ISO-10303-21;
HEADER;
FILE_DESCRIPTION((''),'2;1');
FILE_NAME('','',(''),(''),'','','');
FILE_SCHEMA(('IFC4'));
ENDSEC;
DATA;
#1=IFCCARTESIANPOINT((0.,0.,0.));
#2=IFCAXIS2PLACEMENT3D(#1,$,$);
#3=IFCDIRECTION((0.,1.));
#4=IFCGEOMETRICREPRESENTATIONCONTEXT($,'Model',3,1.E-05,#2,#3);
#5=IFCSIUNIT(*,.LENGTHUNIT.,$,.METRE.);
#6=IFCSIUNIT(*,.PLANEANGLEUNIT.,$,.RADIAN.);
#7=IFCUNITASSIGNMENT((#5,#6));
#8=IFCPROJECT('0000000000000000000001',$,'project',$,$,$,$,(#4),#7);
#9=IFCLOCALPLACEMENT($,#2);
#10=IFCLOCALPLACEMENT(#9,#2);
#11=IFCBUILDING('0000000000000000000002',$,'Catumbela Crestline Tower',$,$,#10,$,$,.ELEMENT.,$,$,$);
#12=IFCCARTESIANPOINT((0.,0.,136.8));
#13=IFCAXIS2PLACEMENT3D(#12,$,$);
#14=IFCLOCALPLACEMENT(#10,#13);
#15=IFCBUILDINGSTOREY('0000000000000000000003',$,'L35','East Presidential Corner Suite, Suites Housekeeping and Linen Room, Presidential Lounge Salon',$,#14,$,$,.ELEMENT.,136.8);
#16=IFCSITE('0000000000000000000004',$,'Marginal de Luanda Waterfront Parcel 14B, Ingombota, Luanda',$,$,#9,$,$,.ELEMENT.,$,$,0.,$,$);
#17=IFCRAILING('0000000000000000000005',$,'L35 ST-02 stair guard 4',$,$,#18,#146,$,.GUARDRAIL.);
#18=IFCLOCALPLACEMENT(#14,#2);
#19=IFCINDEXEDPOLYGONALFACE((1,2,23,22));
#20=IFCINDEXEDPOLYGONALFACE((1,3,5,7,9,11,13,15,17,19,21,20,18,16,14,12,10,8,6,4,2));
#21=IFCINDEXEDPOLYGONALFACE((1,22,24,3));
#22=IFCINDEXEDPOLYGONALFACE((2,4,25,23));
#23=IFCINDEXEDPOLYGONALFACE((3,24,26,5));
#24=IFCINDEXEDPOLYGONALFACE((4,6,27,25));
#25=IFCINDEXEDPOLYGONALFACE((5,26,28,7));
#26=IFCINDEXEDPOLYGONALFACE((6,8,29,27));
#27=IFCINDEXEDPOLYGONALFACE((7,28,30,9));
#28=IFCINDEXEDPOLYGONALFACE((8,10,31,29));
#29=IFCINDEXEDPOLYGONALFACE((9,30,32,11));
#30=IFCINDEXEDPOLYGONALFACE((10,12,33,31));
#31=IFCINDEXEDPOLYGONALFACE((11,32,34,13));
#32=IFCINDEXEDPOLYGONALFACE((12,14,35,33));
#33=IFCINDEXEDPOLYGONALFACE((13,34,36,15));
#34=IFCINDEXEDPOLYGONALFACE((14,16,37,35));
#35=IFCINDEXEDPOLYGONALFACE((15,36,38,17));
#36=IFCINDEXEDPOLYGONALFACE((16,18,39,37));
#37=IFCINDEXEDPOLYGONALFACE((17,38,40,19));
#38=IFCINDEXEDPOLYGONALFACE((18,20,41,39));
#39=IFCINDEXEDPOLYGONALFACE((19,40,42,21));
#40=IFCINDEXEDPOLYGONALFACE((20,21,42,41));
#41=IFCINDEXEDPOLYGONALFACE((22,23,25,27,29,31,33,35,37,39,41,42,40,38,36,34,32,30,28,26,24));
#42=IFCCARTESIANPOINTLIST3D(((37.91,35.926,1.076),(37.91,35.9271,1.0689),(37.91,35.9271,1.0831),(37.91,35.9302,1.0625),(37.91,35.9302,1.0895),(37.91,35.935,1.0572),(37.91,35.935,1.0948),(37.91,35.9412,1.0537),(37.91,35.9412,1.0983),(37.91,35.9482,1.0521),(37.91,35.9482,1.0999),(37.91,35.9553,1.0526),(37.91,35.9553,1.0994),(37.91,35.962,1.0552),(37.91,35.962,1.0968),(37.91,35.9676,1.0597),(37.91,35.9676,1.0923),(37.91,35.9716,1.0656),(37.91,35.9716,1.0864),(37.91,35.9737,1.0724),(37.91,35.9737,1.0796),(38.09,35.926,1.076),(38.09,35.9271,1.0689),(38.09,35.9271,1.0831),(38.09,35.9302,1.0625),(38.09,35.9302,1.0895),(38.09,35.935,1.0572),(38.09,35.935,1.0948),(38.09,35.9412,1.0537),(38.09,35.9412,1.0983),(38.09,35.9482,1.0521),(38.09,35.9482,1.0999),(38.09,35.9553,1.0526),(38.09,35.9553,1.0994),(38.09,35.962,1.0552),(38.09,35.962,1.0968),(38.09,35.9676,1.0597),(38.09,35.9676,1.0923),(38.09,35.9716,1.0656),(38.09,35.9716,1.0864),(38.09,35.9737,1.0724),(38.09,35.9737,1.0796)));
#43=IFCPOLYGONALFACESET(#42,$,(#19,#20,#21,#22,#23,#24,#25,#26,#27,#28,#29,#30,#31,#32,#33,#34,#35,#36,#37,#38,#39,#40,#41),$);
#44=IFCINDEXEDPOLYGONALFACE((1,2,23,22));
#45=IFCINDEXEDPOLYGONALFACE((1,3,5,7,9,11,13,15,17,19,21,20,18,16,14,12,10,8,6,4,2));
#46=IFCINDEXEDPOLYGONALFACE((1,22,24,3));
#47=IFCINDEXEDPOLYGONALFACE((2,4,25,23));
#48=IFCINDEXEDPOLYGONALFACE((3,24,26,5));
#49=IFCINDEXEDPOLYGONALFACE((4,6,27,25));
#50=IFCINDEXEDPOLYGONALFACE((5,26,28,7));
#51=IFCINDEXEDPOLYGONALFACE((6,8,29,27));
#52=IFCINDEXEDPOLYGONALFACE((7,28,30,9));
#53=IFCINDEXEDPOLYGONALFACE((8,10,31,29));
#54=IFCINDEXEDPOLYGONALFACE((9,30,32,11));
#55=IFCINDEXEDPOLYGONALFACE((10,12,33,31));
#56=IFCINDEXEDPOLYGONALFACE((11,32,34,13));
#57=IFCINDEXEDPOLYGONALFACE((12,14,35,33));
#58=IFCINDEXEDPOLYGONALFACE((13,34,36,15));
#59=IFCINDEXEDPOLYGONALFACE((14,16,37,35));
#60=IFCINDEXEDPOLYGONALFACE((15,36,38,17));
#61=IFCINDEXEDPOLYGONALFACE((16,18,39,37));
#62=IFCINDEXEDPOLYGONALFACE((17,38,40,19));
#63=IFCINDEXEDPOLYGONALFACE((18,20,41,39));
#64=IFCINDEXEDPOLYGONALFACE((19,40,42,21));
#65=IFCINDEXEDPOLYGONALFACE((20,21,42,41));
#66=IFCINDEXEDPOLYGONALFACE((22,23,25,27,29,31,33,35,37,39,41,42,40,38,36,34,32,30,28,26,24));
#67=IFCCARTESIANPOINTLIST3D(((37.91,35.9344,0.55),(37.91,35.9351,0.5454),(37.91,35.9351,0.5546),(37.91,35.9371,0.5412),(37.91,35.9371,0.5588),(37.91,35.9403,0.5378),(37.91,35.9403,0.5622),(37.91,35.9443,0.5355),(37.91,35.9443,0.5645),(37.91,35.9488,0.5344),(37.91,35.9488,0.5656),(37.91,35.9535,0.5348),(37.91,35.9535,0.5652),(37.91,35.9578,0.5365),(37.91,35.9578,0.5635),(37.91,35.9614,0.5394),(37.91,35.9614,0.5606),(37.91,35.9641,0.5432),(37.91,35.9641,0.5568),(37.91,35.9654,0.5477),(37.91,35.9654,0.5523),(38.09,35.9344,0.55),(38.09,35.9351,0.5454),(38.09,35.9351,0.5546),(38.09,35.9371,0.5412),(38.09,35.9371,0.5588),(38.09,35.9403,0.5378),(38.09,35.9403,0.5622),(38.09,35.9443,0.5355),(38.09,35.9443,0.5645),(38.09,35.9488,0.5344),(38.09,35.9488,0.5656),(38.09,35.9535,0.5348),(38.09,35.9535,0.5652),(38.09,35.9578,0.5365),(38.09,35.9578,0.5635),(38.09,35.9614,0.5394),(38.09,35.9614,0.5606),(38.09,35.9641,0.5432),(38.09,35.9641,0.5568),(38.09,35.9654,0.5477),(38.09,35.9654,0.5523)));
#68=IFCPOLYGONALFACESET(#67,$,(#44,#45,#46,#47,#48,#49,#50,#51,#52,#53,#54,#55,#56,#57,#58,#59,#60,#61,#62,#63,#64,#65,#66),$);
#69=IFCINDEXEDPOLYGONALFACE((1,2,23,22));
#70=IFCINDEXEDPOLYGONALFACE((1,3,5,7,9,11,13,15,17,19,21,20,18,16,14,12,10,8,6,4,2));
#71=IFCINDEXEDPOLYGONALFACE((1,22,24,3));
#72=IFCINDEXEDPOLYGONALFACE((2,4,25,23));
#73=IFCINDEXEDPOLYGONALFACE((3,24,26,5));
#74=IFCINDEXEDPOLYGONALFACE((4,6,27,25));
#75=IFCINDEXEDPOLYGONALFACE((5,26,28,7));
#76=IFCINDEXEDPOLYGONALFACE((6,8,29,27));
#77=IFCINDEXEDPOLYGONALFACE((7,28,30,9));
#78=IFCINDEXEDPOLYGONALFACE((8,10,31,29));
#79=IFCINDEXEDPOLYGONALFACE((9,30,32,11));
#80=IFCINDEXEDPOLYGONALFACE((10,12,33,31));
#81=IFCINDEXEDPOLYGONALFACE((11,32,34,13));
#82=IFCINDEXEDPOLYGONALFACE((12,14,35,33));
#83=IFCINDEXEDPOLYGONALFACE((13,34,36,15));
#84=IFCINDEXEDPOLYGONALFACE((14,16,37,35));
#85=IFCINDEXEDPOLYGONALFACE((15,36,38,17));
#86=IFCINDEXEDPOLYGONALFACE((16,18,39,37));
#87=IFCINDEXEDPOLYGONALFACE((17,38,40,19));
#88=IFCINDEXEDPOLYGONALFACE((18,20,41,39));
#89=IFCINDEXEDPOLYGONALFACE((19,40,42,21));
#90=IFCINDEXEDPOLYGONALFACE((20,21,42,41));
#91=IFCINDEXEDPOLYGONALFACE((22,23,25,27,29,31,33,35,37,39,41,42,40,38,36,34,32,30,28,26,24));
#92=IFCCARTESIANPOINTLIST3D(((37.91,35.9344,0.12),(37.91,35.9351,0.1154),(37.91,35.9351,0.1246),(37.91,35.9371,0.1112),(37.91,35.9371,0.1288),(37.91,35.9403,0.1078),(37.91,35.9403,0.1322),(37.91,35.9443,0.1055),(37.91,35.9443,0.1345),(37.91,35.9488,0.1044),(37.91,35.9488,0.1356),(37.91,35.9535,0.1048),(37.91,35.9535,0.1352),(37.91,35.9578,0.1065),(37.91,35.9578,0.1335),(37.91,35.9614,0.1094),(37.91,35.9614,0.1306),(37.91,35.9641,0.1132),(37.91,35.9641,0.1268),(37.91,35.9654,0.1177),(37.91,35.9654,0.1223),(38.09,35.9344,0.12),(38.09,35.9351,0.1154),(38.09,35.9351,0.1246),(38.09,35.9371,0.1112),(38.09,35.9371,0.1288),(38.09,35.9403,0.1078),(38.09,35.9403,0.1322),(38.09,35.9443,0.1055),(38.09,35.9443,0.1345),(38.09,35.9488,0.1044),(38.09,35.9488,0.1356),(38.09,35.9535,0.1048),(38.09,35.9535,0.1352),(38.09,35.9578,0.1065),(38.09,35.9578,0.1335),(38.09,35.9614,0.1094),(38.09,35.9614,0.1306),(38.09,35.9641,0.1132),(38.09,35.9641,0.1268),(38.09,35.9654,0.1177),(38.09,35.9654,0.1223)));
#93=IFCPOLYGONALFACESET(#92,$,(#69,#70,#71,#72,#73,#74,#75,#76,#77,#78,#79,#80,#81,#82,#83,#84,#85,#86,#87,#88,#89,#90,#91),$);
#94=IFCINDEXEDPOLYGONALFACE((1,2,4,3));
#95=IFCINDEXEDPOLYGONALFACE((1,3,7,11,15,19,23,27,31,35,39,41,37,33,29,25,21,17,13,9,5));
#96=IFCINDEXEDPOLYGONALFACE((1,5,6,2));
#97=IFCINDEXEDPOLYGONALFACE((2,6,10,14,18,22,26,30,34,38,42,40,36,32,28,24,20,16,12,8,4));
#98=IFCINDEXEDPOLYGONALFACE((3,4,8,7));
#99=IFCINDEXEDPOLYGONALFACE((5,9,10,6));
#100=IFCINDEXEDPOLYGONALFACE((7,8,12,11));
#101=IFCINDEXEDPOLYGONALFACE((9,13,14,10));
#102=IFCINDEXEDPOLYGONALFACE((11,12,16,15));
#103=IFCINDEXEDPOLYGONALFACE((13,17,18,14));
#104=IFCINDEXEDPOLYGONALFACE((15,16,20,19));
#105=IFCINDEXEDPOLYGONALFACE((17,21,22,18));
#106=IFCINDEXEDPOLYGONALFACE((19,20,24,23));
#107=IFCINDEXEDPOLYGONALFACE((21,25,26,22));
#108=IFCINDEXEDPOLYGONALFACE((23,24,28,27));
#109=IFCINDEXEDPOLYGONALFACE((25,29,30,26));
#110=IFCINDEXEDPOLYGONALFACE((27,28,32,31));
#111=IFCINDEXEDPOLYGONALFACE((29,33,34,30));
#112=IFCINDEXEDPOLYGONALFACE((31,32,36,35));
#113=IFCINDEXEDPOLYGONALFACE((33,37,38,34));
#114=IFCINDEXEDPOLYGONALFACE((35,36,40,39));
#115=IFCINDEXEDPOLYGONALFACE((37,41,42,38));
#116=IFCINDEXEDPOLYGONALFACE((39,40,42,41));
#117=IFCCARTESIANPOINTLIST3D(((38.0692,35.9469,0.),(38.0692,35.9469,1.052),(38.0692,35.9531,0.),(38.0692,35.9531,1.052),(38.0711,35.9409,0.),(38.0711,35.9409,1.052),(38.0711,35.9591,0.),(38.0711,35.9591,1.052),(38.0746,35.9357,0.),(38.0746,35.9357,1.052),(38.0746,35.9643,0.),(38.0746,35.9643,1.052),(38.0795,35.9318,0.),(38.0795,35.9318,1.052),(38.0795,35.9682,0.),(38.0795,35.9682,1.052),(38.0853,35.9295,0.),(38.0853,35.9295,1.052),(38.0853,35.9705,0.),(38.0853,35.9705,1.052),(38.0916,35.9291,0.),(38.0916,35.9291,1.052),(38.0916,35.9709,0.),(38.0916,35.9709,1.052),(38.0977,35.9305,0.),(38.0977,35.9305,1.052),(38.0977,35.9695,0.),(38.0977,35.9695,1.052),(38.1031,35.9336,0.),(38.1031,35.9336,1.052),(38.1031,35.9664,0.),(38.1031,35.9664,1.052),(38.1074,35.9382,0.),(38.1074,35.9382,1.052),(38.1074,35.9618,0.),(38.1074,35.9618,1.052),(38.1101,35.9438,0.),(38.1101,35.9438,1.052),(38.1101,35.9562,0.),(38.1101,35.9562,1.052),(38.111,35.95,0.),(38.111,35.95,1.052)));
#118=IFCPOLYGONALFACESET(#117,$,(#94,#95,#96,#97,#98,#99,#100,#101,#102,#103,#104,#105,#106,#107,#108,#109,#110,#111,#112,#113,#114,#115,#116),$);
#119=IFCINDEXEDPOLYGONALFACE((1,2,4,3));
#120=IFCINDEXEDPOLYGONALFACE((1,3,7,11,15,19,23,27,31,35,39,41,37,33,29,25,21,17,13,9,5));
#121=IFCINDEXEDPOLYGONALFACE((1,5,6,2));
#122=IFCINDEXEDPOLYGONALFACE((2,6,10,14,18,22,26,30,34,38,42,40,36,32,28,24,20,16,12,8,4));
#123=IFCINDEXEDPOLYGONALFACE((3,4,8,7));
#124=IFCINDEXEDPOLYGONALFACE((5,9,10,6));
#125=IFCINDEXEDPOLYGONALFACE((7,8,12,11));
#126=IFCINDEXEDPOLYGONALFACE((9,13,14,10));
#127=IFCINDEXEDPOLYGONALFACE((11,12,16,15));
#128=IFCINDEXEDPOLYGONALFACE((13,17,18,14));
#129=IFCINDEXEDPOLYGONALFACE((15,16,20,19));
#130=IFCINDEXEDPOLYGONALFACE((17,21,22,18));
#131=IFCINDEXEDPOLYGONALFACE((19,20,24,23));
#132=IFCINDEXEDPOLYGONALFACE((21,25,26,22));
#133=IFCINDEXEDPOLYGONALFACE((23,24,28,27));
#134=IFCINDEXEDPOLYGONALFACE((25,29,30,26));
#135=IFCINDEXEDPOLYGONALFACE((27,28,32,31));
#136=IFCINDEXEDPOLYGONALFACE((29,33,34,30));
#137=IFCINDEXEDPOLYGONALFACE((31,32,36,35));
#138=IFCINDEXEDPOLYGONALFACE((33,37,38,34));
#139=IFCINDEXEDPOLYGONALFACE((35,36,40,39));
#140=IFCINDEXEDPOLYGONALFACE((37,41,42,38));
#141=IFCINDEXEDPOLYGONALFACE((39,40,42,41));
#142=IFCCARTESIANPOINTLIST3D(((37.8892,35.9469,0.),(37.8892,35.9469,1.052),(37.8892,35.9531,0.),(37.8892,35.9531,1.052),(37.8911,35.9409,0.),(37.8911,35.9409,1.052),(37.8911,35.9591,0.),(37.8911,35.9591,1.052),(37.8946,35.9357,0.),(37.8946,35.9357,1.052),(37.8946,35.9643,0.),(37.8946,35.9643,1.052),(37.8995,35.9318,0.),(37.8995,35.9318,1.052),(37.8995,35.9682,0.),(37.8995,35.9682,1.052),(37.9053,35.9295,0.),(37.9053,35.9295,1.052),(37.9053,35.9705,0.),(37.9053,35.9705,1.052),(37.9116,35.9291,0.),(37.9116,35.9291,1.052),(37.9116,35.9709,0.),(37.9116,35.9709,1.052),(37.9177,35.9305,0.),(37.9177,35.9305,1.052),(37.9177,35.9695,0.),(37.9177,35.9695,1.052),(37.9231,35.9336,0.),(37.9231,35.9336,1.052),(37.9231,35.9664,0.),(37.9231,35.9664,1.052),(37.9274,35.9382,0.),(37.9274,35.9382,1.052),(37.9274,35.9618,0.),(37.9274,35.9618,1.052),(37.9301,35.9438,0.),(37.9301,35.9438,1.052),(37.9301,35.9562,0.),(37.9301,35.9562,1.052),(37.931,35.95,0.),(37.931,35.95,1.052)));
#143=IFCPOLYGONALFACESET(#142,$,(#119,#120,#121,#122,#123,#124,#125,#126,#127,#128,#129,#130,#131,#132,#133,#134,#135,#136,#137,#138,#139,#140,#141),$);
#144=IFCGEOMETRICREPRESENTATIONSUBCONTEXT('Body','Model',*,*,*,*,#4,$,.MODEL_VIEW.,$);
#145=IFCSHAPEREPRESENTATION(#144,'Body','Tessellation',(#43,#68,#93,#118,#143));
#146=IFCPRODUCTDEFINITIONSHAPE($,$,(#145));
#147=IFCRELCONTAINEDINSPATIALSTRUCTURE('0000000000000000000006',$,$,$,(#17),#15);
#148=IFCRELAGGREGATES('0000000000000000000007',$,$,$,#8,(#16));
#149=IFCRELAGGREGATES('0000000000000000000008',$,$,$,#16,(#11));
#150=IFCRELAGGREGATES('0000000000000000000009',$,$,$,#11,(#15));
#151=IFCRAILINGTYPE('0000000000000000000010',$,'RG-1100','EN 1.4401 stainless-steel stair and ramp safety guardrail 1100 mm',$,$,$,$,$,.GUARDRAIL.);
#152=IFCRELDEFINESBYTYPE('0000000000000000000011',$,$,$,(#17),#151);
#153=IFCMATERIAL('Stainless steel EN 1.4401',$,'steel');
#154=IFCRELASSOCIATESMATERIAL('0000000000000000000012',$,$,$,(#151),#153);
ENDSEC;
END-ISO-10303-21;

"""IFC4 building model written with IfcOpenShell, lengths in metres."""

from ifc_helpers import new_model, si_unit, direction, frame, origin, origin_2d, place, context, subcontext, project, spatial, circle, extrude, material, type_object, element, save


model = new_model("IFC4")

# Units and contexts
model_context = context("Model", 3, precision=1e-05, world=origin(), true_north=direction((0.0, 1.0)))
body_context = subcontext(model_context, "Body", "Model", "MODEL_VIEW")
ifc_project = project(units=[si_unit("LENGTHUNIT", "METRE"), si_unit("PLANEANGLEUNIT", "RADIAN")], contexts=[model_context])

# Site, building, storey
site_placement = place(None, origin())
site = spatial("IfcSite", under=ifc_project, at=site_placement, Name="Marginal de Luanda Waterfront Parcel 14B, Ingombota, Luanda", CompositionType="ELEMENT", RefElevation=0.0)
building_placement = place(site_placement, origin())
building = spatial("IfcBuilding", under=site, at=building_placement, Name="Catumbela Crestline Tower", CompositionType="ELEMENT")
storey_placement = place(building_placement, frame((0.0, 0.0, 136.8)))
storey = spatial("IfcBuildingStorey", under=building, at=storey_placement, Name="L35", Description="East Presidential Corner Suite, Suites Housekeeping and Linen Room, Presidential Lounge Salon", CompositionType="ELEMENT", Elevation=136.8)

# Shared definitions
ifc_material_1 = material(Name="Stainless steel EN 1.4401", Category="steel")

# Railing
railing_type_1 = type_object("IfcRailingType", Name="RG-1100", Description="EN 1.4401 stainless-steel stair and ramp safety guardrail 1100 mm", PredefinedType="GUARDRAIL", material=ifc_material_1)
railing_1_placement = place(storey_placement, frame((38.09, 35.95, 0.0)))
element("IfcRailing", 1, at=railing_1_placement, inside=storey, type_object=railing_type_1, Name="L35 ST-02 stair guard 4", PredefinedType="GUARDRAIL", context=body_context, shape_type="SweptSolid", body=[
    extrude(circle(Radius=0.024, at=origin_2d()), frame((0.0, 0.0, 1.076), z_axis=(-1.0, 0.0, 0.0), x_axis=(0.0, -1.0, 0.0)), (0.0, 0.0, 1.0), 0.18),
    extrude(circle(Radius=0.0156, at=origin_2d()), frame((0.0, 0.0, 0.55), z_axis=(-1.0, 0.0, 0.0), x_axis=(0.0, -1.0, 0.0)), (0.0, 0.0, 1.0), 0.18),
    extrude(circle(Radius=0.0156, at=origin_2d()), frame((0.0, 0.0, 0.12), z_axis=(-1.0, 0.0, 0.0), x_axis=(0.0, -1.0, 0.0)), (0.0, 0.0, 1.0), 0.18),
    extrude(circle(Radius=0.021, at=origin_2d()), origin(), (0.0, 0.0, 1.0), 1.052),
    extrude(circle(Radius=0.021, at=origin_2d()), frame((-0.18, 0.0, 0.0)), (0.0, 0.0, 1.0), 1.052),
])

save(model, "model.ifc")
